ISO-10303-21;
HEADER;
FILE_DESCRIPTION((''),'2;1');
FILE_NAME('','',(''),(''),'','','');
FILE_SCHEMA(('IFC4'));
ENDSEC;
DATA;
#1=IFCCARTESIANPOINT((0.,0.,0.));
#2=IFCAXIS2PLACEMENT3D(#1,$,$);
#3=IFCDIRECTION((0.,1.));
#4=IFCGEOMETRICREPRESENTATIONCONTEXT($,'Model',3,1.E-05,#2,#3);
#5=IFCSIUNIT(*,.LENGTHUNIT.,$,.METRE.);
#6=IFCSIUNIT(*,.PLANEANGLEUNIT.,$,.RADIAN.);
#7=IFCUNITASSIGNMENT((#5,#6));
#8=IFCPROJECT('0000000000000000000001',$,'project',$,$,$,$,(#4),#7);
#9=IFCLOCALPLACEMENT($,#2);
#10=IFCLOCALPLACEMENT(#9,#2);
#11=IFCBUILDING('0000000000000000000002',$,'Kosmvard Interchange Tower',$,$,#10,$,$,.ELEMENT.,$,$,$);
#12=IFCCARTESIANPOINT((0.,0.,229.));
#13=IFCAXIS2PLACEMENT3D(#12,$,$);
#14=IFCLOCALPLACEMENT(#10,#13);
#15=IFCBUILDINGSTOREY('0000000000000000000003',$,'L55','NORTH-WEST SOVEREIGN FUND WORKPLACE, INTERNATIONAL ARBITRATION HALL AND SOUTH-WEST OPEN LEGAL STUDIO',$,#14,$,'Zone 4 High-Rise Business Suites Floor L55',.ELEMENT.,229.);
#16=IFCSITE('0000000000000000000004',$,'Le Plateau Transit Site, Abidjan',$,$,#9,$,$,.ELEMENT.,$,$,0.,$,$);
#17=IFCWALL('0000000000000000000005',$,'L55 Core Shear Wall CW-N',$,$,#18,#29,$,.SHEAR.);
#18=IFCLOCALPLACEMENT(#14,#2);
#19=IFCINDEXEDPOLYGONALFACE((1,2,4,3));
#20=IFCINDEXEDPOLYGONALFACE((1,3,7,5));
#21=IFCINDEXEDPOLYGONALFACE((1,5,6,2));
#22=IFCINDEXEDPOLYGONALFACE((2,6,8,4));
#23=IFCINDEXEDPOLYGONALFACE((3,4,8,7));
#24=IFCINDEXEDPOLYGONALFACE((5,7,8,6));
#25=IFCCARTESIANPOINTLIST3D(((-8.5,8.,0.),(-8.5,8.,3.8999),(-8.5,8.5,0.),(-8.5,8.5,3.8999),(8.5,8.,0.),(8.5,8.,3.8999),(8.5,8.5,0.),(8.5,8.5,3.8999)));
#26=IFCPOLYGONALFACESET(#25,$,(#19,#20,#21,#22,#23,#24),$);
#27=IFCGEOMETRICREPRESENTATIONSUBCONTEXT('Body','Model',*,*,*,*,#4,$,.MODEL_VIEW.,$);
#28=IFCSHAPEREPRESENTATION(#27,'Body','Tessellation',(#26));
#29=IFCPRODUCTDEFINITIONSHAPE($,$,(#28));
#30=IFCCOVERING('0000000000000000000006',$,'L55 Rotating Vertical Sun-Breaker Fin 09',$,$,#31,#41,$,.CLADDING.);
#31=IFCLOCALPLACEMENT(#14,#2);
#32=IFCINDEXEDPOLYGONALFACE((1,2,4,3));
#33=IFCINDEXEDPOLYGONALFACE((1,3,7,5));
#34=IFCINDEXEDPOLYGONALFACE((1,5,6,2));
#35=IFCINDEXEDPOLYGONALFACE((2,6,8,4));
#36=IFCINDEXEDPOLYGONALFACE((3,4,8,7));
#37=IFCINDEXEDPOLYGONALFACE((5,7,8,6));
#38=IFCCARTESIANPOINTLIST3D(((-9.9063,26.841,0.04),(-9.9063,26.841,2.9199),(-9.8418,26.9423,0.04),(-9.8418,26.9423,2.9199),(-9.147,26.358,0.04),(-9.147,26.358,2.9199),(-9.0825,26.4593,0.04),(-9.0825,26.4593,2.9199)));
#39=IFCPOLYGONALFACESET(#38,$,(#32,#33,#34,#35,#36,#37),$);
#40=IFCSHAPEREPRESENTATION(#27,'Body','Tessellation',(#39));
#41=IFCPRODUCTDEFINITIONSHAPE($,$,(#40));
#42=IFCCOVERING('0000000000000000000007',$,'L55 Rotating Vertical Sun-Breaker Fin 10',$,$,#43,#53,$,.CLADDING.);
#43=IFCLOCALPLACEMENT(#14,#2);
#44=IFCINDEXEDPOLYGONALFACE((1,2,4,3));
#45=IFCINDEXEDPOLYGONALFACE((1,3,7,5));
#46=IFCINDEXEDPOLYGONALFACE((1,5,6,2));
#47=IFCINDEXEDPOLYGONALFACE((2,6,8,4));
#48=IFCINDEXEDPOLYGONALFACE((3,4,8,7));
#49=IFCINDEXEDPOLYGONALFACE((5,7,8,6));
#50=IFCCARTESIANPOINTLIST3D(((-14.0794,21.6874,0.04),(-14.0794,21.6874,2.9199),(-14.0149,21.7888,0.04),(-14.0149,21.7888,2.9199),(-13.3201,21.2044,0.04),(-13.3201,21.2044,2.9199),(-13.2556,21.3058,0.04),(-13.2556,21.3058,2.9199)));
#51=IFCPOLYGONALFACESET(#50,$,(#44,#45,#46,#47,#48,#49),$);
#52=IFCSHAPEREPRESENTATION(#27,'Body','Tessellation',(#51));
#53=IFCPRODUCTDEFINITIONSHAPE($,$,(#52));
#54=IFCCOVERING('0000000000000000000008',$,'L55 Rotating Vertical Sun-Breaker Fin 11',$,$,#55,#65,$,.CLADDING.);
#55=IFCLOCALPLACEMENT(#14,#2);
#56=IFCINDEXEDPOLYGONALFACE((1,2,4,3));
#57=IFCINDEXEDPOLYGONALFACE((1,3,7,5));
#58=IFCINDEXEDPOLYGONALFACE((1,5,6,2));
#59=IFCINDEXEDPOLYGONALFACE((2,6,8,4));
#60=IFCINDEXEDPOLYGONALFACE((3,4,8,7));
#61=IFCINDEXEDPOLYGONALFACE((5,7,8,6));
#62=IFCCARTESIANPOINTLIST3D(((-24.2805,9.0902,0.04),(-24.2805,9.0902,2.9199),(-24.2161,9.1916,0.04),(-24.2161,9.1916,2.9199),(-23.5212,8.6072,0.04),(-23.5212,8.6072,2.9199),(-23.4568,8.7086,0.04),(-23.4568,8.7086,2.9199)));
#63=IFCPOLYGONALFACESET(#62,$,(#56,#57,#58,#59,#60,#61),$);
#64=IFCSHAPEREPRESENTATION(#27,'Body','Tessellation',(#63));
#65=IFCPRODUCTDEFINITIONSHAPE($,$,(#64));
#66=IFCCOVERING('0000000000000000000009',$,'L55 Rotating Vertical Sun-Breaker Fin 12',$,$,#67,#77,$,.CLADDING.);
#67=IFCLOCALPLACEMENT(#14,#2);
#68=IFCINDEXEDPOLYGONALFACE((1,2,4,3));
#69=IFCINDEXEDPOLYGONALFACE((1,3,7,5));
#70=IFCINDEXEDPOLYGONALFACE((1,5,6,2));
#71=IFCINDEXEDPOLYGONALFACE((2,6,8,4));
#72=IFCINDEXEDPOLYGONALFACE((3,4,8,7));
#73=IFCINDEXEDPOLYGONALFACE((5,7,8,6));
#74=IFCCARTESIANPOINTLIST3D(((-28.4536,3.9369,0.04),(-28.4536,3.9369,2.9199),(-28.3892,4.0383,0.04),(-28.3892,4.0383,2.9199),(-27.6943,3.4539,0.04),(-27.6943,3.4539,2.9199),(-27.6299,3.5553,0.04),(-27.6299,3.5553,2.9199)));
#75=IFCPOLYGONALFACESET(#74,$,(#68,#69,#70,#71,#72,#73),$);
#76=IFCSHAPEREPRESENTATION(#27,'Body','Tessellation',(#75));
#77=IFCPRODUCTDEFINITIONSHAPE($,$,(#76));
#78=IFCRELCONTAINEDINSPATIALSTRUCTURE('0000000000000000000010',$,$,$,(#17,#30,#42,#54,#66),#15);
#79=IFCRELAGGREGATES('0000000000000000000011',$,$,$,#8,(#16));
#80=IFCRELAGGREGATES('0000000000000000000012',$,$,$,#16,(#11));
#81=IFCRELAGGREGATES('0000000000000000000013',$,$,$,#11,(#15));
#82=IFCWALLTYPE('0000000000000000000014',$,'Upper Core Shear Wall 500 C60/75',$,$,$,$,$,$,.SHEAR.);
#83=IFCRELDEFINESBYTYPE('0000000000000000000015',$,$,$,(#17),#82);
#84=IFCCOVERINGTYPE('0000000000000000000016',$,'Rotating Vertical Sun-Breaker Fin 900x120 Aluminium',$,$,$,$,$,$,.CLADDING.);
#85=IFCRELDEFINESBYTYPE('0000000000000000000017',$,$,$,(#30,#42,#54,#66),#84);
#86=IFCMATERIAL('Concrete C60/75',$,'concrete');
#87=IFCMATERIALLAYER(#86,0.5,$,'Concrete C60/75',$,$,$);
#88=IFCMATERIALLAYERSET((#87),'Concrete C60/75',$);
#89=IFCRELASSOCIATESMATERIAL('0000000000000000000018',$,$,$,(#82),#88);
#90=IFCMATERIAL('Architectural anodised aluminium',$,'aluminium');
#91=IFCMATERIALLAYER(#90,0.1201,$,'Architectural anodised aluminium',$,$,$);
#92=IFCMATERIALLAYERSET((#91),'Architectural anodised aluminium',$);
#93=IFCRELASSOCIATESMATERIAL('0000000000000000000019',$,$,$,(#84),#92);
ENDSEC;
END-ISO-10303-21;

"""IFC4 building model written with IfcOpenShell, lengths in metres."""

from ifc_helpers import new_model, si_unit, direction, frame, frame_2d, origin, origin_2d, place, context, subcontext, project, spatial, rectangle, extrude, source, transform, mapped, material, layer, layer_set, type_object, element, save


model = new_model("IFC4")

# Units and contexts
model_context = context("Model", 3, precision=1e-05, world=origin(), true_north=direction((0.0, 1.0)))
body_context = subcontext(model_context, "Body", "Model", "MODEL_VIEW")
ifc_project = project(units=[si_unit("LENGTHUNIT", "METRE"), si_unit("PLANEANGLEUNIT", "RADIAN")], contexts=[model_context])

# Site, building, storey
site_placement = place(None, origin())
site = spatial("IfcSite", under=ifc_project, at=site_placement, Name="Le Plateau Transit Site, Abidjan", CompositionType="ELEMENT", RefElevation=0.0)
building_placement = place(site_placement, origin())
building = spatial("IfcBuilding", under=site, at=building_placement, Name="Kosmvard Interchange Tower", CompositionType="ELEMENT")
storey_placement = place(building_placement, frame((0.0, 0.0, 229.0)))
storey = spatial("IfcBuildingStorey", under=building, at=storey_placement, Name="L55", Description="NORTH-WEST SOVEREIGN FUND WORKPLACE, INTERNATIONAL ARBITRATION HALL AND SOUTH-WEST OPEN LEGAL STUDIO", LongName="Zone 4 High-Rise Business Suites Floor L55", CompositionType="ELEMENT", Elevation=229.0)

# Shared definitions
ifc_material_1 = material(Name="Concrete C60/75", Category="concrete")

# Wall
ifc_layer_1 = layer(ifc_material_1, 0.5, Name="Concrete C60/75")
ifc_layer_set_1 = layer_set([ifc_layer_1], Name="Concrete C60/75")
wall_type_1 = type_object("IfcWallType", Name="Upper Core Shear Wall 500 C60/75", PredefinedType="SHEAR", material=ifc_layer_set_1)
wall_1_placement = place(storey_placement, frame((-8.5, 8.25, 0.0), z_axis=(0.0, 0.0, 1.0), x_axis=(1.0, 0.0, 0.0)))
element("IfcWall", 1, at=wall_1_placement, inside=storey, type_object=wall_type_1, Name="L55 Core Shear Wall CW-N", PredefinedType="SHEAR", context=body_context, shape_type="SweptSolid", body=[
    extrude(rectangle(XDim=17.0, YDim=0.5, at=frame_2d((8.5, 0.0))), origin(), (0.0, 0.0, 1.0), 3.8999),
])

# Coverings
ifc_material_2 = material(Name="Architectural anodised aluminium", Category="aluminium")
ifc_layer_2 = layer(ifc_material_2, 0.1201, Name="Architectural anodised aluminium")
ifc_layer_set_2 = layer_set([ifc_layer_2], Name="Architectural anodised aluminium")
covering_type = type_object("IfcCoveringType", Name="Rotating Vertical Sun-Breaker Fin 900x120 Aluminium", PredefinedType="CLADDING", material=ifc_layer_set_2)
shared_shape_1 = source(origin(), body_context, "Body", "SweptSolid", [
    extrude(rectangle(XDim=0.8999, YDim=0.1201, at=origin_2d()), origin(), (0.0, 0.0, 1.0), 2.8799),
])
for number, where, z_axis, x_axis, name in (
    (2, (-9.4944, 26.6501, 0.04), (0.0, 0.0, 1.0), (-0.843766, 0.536711, 0.0), "L55 Rotating Vertical Sun-Breaker Fin 09"),
    (3, (-13.6675, 21.4966, 0.04), (0.0, 0.0, 1.0), (-0.843766, 0.536711, 0.0), "L55 Rotating Vertical Sun-Breaker Fin 10"),
    (4, (-23.8687, 8.8994, 0.04), (0.0, 0.0, 1.0), (-0.843766, 0.536711, 0.0), "L55 Rotating Vertical Sun-Breaker Fin 11"),
    (5, (-28.0417, 3.7461, 0.04), (0.0, 0.0, 1.0), (-0.843766, 0.536711, 0.0), "L55 Rotating Vertical Sun-Breaker Fin 12"),
):
    element("IfcCovering", number, at=place(storey_placement, frame(where, z_axis=z_axis, x_axis=x_axis)), inside=storey, type_object=covering_type, Name=name, PredefinedType="CLADDING", context=body_context, shape_type="MappedRepresentation", body=[
        mapped(shared_shape_1, transform((0.0, 0.0, 0.0), scale=1.0)),
    ])

save(model, "model.ifc")
